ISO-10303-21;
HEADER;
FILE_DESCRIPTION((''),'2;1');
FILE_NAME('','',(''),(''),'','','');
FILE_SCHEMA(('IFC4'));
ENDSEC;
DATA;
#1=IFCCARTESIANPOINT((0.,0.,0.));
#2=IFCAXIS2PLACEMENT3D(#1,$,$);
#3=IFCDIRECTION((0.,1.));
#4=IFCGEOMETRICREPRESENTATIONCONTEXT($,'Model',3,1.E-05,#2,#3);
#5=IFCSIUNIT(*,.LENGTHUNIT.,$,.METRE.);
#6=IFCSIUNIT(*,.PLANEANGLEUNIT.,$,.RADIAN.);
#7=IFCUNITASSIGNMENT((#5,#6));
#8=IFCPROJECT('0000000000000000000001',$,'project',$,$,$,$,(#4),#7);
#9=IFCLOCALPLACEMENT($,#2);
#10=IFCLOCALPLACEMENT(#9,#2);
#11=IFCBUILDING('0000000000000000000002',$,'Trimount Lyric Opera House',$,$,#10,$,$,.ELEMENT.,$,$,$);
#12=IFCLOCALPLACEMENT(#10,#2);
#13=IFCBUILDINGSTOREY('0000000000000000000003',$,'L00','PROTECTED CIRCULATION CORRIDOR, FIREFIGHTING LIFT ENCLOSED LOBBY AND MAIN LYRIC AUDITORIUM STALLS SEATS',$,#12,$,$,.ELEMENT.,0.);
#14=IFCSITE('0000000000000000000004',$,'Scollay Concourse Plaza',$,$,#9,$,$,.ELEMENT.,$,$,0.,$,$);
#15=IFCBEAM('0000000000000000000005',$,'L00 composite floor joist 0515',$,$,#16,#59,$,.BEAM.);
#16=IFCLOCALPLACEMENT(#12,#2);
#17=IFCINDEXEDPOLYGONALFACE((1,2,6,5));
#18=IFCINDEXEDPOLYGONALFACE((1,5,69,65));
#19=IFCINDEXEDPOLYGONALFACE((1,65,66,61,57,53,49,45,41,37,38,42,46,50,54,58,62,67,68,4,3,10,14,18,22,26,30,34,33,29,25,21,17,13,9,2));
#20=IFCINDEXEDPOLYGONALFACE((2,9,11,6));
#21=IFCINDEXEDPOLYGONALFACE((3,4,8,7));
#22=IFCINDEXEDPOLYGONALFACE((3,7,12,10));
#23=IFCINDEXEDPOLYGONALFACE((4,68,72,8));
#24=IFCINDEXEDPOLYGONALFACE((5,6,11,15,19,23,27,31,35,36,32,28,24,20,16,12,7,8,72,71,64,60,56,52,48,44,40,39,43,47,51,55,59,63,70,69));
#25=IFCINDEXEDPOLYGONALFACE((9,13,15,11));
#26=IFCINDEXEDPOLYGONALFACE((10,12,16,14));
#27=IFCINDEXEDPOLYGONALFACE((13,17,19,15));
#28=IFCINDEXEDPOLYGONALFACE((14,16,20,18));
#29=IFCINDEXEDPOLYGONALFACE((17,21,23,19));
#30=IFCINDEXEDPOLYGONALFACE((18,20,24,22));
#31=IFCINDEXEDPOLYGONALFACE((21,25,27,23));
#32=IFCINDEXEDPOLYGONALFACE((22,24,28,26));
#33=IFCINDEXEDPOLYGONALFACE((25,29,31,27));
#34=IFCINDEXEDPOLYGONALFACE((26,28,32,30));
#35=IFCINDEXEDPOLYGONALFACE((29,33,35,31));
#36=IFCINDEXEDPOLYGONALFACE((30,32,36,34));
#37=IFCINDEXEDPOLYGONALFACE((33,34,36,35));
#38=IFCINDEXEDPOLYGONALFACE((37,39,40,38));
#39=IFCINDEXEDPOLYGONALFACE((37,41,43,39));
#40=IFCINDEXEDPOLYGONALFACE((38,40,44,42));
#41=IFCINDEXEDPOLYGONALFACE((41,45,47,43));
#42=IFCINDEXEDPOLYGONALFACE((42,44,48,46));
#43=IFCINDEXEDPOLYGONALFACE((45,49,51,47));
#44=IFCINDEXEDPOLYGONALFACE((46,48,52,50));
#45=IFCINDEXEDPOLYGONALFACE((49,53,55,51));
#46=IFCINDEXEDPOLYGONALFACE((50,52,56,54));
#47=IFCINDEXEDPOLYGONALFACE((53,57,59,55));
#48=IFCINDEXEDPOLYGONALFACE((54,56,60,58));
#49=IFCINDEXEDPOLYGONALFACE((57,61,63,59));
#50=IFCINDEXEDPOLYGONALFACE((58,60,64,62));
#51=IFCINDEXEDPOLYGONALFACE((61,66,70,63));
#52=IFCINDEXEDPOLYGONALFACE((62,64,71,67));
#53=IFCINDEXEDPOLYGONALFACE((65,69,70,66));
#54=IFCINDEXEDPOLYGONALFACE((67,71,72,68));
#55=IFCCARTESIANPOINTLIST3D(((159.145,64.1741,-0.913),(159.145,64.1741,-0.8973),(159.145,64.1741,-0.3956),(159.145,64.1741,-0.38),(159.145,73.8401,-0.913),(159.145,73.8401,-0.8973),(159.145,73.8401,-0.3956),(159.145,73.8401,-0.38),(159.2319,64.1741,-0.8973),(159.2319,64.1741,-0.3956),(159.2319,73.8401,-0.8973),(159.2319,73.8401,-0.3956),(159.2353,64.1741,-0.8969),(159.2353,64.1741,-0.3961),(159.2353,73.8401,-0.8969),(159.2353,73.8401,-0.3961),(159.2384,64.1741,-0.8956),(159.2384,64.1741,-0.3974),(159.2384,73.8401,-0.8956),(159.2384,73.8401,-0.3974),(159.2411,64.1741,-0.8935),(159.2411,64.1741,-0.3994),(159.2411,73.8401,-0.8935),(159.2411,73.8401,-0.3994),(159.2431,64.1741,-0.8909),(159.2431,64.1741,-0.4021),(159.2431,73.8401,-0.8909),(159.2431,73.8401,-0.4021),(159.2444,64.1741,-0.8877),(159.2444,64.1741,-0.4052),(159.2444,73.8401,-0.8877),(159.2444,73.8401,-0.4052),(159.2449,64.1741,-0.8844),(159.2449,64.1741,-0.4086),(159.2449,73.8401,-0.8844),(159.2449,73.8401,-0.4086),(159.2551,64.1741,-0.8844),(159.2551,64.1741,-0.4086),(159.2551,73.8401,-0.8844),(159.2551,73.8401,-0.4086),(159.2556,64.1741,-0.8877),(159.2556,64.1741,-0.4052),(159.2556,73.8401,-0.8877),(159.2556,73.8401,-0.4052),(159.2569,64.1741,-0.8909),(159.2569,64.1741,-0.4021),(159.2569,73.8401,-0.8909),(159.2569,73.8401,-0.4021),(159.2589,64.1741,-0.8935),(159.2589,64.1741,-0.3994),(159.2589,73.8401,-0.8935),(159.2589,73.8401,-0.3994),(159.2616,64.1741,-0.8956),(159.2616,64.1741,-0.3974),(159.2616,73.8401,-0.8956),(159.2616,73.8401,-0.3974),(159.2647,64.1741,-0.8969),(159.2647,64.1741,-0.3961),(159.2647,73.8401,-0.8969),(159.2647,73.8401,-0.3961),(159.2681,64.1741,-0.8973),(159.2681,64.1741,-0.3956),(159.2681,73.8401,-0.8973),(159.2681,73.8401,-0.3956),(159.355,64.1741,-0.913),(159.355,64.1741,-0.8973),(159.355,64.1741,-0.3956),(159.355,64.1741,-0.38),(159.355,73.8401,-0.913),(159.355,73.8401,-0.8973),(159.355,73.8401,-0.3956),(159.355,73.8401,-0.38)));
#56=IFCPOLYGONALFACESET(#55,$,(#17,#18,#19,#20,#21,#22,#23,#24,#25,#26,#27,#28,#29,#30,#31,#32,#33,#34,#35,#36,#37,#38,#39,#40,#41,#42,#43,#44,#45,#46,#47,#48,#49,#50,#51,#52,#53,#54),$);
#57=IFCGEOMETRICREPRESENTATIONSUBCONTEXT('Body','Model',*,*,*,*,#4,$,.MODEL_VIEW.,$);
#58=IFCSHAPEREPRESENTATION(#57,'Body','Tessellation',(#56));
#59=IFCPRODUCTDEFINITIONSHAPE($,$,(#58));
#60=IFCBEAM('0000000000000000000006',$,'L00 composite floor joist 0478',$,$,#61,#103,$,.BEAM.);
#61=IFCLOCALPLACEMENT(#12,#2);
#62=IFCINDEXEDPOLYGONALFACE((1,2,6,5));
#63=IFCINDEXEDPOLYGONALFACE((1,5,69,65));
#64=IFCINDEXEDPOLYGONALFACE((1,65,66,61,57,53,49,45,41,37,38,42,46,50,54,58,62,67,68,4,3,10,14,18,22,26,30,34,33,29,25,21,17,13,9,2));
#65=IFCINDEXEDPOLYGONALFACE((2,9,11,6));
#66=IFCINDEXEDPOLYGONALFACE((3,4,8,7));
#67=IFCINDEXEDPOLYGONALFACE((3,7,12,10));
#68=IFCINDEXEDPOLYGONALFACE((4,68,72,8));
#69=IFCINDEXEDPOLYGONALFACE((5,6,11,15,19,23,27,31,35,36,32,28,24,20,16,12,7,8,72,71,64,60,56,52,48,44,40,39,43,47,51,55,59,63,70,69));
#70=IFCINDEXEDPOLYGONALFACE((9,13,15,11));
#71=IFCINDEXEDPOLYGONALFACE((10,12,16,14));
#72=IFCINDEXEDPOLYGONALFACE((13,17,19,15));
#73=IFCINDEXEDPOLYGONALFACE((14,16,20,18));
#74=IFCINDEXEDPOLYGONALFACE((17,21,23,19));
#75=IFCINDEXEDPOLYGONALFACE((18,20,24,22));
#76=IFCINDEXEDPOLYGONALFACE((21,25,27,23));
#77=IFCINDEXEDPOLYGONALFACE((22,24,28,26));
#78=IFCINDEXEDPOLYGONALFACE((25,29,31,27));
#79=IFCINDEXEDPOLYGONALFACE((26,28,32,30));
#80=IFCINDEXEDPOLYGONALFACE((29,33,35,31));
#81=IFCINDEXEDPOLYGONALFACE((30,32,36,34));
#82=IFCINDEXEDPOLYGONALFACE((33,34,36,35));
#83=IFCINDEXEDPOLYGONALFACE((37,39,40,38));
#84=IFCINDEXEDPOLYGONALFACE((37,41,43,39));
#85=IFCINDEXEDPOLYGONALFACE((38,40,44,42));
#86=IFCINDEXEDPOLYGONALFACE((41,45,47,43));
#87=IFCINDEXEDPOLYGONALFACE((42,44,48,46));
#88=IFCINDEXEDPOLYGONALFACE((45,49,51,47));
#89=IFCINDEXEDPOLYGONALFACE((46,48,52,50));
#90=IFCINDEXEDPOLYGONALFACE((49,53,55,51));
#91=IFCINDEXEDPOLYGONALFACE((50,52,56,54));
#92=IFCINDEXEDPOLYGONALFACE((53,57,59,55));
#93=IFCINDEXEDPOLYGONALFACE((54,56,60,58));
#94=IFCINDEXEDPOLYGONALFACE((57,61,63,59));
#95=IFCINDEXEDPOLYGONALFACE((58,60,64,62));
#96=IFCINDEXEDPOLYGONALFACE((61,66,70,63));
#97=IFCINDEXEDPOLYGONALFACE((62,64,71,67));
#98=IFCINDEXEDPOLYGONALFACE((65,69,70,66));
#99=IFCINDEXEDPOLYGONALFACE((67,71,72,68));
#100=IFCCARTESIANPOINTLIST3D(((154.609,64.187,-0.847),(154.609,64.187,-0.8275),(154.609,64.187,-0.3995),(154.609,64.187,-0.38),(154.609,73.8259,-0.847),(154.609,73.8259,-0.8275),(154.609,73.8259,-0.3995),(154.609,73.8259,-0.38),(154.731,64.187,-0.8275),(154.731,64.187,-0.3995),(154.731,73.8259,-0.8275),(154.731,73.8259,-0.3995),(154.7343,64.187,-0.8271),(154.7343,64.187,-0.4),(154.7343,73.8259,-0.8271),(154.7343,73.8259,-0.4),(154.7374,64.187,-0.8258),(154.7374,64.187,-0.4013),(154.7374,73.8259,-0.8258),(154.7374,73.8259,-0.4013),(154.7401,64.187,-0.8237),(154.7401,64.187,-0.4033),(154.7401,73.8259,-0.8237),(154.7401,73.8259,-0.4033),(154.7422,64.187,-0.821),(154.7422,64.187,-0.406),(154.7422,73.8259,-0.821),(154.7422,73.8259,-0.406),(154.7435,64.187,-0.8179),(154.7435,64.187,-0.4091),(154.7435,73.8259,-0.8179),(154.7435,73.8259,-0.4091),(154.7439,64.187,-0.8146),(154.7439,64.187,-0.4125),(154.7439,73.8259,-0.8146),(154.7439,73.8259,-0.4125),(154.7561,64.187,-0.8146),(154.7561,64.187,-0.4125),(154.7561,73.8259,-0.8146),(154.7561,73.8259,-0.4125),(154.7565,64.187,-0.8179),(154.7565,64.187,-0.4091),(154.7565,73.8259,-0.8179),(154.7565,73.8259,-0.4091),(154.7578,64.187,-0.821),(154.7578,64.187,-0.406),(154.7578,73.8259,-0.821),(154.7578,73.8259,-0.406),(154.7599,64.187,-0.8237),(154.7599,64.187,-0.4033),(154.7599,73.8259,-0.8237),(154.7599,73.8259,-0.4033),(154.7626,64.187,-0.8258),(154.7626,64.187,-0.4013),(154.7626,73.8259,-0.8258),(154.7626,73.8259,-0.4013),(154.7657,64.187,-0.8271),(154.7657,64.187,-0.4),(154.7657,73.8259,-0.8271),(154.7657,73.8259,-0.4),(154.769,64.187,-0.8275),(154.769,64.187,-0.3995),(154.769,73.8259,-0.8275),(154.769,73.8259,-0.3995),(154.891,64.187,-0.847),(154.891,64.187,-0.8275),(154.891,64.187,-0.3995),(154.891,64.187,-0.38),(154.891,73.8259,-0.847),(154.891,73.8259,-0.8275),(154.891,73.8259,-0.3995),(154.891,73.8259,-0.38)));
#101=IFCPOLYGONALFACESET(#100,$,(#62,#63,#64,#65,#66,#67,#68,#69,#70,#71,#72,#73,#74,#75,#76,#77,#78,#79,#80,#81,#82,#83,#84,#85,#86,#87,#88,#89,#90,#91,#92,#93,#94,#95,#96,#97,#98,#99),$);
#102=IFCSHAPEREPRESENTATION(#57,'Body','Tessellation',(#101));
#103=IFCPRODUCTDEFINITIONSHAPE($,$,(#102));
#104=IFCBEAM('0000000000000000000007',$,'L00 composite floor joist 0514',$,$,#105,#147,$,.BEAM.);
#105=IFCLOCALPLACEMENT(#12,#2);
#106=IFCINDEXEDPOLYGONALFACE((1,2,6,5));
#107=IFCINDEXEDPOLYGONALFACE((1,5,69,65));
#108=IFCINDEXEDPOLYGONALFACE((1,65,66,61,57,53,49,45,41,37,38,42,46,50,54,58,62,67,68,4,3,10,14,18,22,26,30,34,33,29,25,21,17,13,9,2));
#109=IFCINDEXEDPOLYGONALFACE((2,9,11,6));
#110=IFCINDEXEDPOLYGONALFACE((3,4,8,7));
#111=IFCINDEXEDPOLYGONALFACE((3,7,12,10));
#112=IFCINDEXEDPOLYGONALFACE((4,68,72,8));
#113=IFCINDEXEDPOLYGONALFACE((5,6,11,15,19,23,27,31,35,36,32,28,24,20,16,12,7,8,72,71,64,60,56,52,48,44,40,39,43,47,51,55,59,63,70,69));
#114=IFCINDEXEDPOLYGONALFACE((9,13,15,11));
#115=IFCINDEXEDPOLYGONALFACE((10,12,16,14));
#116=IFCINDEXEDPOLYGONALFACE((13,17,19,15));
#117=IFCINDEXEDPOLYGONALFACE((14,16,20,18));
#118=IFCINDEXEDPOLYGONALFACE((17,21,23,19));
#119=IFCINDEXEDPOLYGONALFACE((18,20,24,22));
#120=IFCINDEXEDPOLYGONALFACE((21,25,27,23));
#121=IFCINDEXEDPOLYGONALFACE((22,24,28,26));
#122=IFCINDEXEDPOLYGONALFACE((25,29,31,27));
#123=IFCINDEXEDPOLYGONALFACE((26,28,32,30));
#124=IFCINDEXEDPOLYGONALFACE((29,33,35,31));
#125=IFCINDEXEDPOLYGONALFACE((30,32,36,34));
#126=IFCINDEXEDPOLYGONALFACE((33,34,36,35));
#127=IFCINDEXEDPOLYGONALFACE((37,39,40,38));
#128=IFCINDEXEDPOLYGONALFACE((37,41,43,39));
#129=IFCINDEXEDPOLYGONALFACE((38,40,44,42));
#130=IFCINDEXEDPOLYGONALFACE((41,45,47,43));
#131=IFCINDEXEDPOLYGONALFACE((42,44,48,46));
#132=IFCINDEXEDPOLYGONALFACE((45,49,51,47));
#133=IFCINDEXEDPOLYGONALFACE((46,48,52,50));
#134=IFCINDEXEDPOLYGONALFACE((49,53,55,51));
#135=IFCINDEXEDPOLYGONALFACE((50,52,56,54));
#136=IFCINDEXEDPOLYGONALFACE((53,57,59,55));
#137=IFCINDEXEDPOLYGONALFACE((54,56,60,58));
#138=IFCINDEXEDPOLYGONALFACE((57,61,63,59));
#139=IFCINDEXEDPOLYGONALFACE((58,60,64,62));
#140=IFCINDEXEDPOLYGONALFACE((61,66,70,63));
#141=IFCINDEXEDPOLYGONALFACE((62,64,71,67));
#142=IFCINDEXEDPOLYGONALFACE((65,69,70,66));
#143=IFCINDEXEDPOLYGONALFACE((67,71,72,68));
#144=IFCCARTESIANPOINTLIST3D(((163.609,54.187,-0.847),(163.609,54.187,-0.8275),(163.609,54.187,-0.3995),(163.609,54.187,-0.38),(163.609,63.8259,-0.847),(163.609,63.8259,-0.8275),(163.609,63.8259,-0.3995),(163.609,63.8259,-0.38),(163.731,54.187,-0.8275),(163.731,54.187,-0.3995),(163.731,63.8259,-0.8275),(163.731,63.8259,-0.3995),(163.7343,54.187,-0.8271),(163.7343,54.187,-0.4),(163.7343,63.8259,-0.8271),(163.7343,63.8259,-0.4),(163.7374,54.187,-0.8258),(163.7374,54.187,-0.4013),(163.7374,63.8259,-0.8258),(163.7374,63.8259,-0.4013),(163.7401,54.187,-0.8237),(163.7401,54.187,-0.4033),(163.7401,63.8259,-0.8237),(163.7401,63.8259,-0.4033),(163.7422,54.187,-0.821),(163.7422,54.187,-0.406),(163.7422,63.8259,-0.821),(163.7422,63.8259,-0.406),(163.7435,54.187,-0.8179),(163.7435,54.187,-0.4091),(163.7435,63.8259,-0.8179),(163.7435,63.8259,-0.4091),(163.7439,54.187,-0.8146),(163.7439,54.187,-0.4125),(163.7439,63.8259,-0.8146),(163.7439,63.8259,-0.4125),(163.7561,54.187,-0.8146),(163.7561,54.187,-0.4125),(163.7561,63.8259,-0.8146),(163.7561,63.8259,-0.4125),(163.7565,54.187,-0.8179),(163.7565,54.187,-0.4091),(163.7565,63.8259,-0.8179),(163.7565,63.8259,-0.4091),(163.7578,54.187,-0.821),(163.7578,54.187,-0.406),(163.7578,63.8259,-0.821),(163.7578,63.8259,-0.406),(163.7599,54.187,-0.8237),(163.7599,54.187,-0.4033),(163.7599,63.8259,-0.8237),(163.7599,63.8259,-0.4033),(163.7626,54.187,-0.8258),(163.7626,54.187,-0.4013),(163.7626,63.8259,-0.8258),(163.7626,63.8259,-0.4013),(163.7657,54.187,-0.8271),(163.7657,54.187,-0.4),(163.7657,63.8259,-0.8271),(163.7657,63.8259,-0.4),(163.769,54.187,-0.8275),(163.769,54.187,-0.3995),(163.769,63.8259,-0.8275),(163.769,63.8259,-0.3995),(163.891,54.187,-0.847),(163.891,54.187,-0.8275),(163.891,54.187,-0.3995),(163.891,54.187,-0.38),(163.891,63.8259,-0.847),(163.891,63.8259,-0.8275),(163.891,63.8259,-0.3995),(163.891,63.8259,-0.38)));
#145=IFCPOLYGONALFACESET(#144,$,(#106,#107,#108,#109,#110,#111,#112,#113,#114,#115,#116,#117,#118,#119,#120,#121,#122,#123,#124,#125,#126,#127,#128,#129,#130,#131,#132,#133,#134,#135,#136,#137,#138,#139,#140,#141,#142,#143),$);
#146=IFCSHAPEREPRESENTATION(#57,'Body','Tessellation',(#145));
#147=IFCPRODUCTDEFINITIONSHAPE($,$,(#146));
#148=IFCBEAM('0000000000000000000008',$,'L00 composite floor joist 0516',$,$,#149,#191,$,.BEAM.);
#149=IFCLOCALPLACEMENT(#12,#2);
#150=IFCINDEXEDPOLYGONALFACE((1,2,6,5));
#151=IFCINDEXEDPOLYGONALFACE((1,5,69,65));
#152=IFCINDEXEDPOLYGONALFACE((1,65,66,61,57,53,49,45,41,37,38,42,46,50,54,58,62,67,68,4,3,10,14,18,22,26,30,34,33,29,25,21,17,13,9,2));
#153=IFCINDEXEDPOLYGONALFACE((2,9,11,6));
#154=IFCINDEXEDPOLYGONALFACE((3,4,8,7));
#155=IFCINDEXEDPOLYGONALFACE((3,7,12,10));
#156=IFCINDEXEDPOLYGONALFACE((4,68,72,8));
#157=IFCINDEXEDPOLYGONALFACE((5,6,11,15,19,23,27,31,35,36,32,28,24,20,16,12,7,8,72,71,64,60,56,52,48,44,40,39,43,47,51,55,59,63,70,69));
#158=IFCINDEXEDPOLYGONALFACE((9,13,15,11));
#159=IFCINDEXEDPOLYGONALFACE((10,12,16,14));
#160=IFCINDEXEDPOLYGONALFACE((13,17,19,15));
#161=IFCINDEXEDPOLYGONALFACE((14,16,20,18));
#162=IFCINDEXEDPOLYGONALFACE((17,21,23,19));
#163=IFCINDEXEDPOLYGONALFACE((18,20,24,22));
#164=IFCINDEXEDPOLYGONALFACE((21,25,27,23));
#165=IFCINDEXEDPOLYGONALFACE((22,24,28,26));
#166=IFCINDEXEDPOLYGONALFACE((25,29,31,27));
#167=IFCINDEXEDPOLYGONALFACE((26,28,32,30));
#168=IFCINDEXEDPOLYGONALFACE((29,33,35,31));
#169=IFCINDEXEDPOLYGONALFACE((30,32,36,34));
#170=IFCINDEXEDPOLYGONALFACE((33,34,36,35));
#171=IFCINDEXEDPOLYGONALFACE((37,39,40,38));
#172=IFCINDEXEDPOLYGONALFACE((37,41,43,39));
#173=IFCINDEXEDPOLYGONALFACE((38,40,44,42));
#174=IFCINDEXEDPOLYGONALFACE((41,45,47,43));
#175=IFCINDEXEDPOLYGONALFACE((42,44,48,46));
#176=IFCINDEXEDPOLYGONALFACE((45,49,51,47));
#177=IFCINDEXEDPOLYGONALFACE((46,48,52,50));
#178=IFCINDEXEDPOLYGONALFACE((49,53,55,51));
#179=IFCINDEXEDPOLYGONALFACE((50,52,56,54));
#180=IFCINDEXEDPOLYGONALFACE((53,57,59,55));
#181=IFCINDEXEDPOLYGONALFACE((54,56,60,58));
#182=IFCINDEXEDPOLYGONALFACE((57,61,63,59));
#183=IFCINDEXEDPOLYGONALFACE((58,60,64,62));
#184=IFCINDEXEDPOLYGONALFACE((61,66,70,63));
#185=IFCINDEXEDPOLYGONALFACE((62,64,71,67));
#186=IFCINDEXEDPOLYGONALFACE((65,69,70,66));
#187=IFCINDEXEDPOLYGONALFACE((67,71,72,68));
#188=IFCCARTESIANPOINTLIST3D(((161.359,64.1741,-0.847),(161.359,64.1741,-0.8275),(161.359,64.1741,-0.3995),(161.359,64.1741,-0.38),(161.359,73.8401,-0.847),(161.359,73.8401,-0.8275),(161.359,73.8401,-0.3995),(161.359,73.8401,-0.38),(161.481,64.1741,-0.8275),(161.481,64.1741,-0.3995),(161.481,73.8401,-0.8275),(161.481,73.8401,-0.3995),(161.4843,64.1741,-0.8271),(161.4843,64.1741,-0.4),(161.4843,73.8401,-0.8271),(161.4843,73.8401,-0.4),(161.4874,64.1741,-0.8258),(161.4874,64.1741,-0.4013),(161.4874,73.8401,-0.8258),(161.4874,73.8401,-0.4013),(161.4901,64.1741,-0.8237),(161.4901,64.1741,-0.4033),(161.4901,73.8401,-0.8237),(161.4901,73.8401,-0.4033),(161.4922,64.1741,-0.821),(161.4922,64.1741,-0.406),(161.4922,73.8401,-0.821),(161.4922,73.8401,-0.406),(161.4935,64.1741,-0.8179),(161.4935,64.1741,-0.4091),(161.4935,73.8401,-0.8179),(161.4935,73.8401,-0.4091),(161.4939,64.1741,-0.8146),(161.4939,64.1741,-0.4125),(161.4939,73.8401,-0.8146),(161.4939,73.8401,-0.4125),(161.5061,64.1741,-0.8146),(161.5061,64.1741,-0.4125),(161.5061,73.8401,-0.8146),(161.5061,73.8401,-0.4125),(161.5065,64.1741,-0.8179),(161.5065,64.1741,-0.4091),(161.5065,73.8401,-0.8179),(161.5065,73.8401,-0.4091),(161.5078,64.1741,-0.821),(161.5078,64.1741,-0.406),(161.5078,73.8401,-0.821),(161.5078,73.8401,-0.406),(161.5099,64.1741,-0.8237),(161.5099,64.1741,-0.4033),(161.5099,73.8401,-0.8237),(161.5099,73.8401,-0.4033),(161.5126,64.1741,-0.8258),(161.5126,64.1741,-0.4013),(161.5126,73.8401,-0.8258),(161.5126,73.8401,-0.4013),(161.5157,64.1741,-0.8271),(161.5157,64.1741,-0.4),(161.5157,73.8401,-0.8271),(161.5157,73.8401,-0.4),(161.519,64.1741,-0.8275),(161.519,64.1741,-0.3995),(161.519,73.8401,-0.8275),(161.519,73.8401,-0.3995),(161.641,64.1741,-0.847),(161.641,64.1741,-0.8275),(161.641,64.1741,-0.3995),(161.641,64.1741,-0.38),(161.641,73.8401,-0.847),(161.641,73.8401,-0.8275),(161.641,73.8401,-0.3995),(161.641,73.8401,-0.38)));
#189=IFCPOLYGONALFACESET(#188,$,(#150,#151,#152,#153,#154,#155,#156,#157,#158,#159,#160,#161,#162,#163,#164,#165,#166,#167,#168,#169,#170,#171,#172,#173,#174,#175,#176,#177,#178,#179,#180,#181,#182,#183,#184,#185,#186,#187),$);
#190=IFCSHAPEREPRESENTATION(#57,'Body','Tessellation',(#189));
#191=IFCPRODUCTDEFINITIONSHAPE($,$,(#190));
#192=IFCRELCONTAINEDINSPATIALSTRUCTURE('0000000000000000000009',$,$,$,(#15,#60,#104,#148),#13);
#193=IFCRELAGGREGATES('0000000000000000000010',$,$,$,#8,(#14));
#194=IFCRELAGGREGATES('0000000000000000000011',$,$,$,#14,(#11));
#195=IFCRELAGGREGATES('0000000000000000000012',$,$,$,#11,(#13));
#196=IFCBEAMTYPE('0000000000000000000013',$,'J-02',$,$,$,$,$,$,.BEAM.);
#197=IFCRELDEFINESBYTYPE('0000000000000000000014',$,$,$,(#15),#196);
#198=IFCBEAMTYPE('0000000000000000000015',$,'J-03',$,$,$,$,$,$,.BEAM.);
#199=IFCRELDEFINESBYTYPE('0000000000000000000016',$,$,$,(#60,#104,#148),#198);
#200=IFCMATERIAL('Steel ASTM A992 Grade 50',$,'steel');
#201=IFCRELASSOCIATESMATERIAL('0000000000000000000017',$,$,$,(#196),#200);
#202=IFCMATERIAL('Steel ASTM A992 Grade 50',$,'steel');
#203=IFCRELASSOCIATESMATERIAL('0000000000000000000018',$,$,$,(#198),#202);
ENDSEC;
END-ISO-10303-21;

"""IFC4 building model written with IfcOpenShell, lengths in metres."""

from ifc_helpers import new_model, si_unit, direction, frame, origin, origin_2d, place, context, subcontext, project, spatial, i_section, extrude, material, material_profile, profile_set, type_object, element, save


model = new_model("IFC4")

# Units and contexts
model_context = context("Model", 3, precision=1e-05, world=origin(), true_north=direction((0.0, 1.0)))
body_context = subcontext(model_context, "Body", "Model", "MODEL_VIEW")
ifc_project = project(units=[si_unit("LENGTHUNIT", "METRE"), si_unit("PLANEANGLEUNIT", "RADIAN")], contexts=[model_context])

# Site, building, storey
site_placement = place(None, origin())
site = spatial("IfcSite", under=ifc_project, at=site_placement, Name="Scollay Concourse Plaza", CompositionType="ELEMENT", RefElevation=0.0)
building_placement = place(site_placement, origin())
building = spatial("IfcBuilding", under=site, at=building_placement, Name="Trimount Lyric Opera House", CompositionType="ELEMENT")
storey_placement = place(building_placement, origin())
storey = spatial("IfcBuildingStorey", under=building, at=storey_placement, Name="L00", Description="PROTECTED CIRCULATION CORRIDOR, FIREFIGHTING LIFT ENCLOSED LOBBY AND MAIN LYRIC AUDITORIUM STALLS SEATS", CompositionType="ELEMENT", Elevation=0.0)

# Beams
ifc_material_1 = material(Name="Steel ASTM A992 Grade 50", Category="steel")
ifc_material_profile_1 = material_profile(ifc_material_1, i_section(OverallWidth=0.21, OverallDepth=0.533, WebThickness=0.0103, FlangeThickness=0.0156, FilletRadius=0.0129, at=origin_2d()), Name="W21X62")
ifc_profile_set_1 = profile_set([ifc_material_profile_1], Name="Steel ASTM A992 Grade 50")
beam_type_1 = type_object("IfcBeamType", Name="J-02", PredefinedType="BEAM", material=ifc_profile_set_1)
beam_1_placement = place(storey_placement, frame((159.25, 64.1741, -0.6465), z_axis=(0.0, 1.0, 0.0), x_axis=(-1.0, 0.0, 0.0)))
element("IfcBeam", 1, at=beam_1_placement, inside=storey, type_object=beam_type_1, Name="L00 composite floor joist 0515", PredefinedType="BEAM", context=body_context, shape_type="SweptSolid", body=[
    extrude(i_section(OverallWidth=0.21, OverallDepth=0.533, WebThickness=0.0103, FlangeThickness=0.0156, FilletRadius=0.0129, at=origin_2d()), origin(), (0.0, 0.0, 1.0), 9.666),
])
ifc_material_2 = material(Name="Steel ASTM A992 Grade 50", Category="steel")
ifc_material_profile_2 = material_profile(ifc_material_2, i_section(OverallWidth=0.282, OverallDepth=0.467, WebThickness=0.0122, FlangeThickness=0.0195, FilletRadius=0.0129, at=origin_2d()), Name="W18X86")
ifc_profile_set_2 = profile_set([ifc_material_profile_2], Name="Steel ASTM A992 Grade 50")
beam_type_2 = type_object("IfcBeamType", Name="J-03", PredefinedType="BEAM", material=ifc_profile_set_2)
for number, where, z_axis, x_axis, name in (
    (2, (154.75, 64.187, -0.6135), (0.0, 1.0, 0.0), (-1.0, 0.0, 0.0), "L00 composite floor joist 0478"),
    (3, (163.75, 54.187, -0.6135), (0.0, 1.0, 0.0), (-1.0, 0.0, 0.0), "L00 composite floor joist 0514"),
):
    element("IfcBeam", number, at=place(storey_placement, frame(where, z_axis=z_axis, x_axis=x_axis)), inside=storey, type_object=beam_type_2, Name=name, PredefinedType="BEAM", context=body_context, shape_type="SweptSolid", body=[
        extrude(i_section(OverallWidth=0.282, OverallDepth=0.467, WebThickness=0.0122, FlangeThickness=0.0195, FilletRadius=0.0129, at=origin_2d()), origin(), (0.0, 0.0, 1.0), 9.6389),
    ])
beam_2_placement = place(storey_placement, frame((161.5, 64.1741, -0.6135), z_axis=(0.0, 1.0, 0.0), x_axis=(-1.0, 0.0, 0.0)))
element("IfcBeam", 4, at=beam_2_placement, inside=storey, type_object=beam_type_2, Name="L00 composite floor joist 0516", PredefinedType="BEAM", context=body_context, shape_type="SweptSolid", body=[
    extrude(i_section(OverallWidth=0.282, OverallDepth=0.467, WebThickness=0.0122, FlangeThickness=0.0195, FilletRadius=0.0129, at=origin_2d()), origin(), (0.0, 0.0, 1.0), 9.666),
])

save(model, "model.ifc")
